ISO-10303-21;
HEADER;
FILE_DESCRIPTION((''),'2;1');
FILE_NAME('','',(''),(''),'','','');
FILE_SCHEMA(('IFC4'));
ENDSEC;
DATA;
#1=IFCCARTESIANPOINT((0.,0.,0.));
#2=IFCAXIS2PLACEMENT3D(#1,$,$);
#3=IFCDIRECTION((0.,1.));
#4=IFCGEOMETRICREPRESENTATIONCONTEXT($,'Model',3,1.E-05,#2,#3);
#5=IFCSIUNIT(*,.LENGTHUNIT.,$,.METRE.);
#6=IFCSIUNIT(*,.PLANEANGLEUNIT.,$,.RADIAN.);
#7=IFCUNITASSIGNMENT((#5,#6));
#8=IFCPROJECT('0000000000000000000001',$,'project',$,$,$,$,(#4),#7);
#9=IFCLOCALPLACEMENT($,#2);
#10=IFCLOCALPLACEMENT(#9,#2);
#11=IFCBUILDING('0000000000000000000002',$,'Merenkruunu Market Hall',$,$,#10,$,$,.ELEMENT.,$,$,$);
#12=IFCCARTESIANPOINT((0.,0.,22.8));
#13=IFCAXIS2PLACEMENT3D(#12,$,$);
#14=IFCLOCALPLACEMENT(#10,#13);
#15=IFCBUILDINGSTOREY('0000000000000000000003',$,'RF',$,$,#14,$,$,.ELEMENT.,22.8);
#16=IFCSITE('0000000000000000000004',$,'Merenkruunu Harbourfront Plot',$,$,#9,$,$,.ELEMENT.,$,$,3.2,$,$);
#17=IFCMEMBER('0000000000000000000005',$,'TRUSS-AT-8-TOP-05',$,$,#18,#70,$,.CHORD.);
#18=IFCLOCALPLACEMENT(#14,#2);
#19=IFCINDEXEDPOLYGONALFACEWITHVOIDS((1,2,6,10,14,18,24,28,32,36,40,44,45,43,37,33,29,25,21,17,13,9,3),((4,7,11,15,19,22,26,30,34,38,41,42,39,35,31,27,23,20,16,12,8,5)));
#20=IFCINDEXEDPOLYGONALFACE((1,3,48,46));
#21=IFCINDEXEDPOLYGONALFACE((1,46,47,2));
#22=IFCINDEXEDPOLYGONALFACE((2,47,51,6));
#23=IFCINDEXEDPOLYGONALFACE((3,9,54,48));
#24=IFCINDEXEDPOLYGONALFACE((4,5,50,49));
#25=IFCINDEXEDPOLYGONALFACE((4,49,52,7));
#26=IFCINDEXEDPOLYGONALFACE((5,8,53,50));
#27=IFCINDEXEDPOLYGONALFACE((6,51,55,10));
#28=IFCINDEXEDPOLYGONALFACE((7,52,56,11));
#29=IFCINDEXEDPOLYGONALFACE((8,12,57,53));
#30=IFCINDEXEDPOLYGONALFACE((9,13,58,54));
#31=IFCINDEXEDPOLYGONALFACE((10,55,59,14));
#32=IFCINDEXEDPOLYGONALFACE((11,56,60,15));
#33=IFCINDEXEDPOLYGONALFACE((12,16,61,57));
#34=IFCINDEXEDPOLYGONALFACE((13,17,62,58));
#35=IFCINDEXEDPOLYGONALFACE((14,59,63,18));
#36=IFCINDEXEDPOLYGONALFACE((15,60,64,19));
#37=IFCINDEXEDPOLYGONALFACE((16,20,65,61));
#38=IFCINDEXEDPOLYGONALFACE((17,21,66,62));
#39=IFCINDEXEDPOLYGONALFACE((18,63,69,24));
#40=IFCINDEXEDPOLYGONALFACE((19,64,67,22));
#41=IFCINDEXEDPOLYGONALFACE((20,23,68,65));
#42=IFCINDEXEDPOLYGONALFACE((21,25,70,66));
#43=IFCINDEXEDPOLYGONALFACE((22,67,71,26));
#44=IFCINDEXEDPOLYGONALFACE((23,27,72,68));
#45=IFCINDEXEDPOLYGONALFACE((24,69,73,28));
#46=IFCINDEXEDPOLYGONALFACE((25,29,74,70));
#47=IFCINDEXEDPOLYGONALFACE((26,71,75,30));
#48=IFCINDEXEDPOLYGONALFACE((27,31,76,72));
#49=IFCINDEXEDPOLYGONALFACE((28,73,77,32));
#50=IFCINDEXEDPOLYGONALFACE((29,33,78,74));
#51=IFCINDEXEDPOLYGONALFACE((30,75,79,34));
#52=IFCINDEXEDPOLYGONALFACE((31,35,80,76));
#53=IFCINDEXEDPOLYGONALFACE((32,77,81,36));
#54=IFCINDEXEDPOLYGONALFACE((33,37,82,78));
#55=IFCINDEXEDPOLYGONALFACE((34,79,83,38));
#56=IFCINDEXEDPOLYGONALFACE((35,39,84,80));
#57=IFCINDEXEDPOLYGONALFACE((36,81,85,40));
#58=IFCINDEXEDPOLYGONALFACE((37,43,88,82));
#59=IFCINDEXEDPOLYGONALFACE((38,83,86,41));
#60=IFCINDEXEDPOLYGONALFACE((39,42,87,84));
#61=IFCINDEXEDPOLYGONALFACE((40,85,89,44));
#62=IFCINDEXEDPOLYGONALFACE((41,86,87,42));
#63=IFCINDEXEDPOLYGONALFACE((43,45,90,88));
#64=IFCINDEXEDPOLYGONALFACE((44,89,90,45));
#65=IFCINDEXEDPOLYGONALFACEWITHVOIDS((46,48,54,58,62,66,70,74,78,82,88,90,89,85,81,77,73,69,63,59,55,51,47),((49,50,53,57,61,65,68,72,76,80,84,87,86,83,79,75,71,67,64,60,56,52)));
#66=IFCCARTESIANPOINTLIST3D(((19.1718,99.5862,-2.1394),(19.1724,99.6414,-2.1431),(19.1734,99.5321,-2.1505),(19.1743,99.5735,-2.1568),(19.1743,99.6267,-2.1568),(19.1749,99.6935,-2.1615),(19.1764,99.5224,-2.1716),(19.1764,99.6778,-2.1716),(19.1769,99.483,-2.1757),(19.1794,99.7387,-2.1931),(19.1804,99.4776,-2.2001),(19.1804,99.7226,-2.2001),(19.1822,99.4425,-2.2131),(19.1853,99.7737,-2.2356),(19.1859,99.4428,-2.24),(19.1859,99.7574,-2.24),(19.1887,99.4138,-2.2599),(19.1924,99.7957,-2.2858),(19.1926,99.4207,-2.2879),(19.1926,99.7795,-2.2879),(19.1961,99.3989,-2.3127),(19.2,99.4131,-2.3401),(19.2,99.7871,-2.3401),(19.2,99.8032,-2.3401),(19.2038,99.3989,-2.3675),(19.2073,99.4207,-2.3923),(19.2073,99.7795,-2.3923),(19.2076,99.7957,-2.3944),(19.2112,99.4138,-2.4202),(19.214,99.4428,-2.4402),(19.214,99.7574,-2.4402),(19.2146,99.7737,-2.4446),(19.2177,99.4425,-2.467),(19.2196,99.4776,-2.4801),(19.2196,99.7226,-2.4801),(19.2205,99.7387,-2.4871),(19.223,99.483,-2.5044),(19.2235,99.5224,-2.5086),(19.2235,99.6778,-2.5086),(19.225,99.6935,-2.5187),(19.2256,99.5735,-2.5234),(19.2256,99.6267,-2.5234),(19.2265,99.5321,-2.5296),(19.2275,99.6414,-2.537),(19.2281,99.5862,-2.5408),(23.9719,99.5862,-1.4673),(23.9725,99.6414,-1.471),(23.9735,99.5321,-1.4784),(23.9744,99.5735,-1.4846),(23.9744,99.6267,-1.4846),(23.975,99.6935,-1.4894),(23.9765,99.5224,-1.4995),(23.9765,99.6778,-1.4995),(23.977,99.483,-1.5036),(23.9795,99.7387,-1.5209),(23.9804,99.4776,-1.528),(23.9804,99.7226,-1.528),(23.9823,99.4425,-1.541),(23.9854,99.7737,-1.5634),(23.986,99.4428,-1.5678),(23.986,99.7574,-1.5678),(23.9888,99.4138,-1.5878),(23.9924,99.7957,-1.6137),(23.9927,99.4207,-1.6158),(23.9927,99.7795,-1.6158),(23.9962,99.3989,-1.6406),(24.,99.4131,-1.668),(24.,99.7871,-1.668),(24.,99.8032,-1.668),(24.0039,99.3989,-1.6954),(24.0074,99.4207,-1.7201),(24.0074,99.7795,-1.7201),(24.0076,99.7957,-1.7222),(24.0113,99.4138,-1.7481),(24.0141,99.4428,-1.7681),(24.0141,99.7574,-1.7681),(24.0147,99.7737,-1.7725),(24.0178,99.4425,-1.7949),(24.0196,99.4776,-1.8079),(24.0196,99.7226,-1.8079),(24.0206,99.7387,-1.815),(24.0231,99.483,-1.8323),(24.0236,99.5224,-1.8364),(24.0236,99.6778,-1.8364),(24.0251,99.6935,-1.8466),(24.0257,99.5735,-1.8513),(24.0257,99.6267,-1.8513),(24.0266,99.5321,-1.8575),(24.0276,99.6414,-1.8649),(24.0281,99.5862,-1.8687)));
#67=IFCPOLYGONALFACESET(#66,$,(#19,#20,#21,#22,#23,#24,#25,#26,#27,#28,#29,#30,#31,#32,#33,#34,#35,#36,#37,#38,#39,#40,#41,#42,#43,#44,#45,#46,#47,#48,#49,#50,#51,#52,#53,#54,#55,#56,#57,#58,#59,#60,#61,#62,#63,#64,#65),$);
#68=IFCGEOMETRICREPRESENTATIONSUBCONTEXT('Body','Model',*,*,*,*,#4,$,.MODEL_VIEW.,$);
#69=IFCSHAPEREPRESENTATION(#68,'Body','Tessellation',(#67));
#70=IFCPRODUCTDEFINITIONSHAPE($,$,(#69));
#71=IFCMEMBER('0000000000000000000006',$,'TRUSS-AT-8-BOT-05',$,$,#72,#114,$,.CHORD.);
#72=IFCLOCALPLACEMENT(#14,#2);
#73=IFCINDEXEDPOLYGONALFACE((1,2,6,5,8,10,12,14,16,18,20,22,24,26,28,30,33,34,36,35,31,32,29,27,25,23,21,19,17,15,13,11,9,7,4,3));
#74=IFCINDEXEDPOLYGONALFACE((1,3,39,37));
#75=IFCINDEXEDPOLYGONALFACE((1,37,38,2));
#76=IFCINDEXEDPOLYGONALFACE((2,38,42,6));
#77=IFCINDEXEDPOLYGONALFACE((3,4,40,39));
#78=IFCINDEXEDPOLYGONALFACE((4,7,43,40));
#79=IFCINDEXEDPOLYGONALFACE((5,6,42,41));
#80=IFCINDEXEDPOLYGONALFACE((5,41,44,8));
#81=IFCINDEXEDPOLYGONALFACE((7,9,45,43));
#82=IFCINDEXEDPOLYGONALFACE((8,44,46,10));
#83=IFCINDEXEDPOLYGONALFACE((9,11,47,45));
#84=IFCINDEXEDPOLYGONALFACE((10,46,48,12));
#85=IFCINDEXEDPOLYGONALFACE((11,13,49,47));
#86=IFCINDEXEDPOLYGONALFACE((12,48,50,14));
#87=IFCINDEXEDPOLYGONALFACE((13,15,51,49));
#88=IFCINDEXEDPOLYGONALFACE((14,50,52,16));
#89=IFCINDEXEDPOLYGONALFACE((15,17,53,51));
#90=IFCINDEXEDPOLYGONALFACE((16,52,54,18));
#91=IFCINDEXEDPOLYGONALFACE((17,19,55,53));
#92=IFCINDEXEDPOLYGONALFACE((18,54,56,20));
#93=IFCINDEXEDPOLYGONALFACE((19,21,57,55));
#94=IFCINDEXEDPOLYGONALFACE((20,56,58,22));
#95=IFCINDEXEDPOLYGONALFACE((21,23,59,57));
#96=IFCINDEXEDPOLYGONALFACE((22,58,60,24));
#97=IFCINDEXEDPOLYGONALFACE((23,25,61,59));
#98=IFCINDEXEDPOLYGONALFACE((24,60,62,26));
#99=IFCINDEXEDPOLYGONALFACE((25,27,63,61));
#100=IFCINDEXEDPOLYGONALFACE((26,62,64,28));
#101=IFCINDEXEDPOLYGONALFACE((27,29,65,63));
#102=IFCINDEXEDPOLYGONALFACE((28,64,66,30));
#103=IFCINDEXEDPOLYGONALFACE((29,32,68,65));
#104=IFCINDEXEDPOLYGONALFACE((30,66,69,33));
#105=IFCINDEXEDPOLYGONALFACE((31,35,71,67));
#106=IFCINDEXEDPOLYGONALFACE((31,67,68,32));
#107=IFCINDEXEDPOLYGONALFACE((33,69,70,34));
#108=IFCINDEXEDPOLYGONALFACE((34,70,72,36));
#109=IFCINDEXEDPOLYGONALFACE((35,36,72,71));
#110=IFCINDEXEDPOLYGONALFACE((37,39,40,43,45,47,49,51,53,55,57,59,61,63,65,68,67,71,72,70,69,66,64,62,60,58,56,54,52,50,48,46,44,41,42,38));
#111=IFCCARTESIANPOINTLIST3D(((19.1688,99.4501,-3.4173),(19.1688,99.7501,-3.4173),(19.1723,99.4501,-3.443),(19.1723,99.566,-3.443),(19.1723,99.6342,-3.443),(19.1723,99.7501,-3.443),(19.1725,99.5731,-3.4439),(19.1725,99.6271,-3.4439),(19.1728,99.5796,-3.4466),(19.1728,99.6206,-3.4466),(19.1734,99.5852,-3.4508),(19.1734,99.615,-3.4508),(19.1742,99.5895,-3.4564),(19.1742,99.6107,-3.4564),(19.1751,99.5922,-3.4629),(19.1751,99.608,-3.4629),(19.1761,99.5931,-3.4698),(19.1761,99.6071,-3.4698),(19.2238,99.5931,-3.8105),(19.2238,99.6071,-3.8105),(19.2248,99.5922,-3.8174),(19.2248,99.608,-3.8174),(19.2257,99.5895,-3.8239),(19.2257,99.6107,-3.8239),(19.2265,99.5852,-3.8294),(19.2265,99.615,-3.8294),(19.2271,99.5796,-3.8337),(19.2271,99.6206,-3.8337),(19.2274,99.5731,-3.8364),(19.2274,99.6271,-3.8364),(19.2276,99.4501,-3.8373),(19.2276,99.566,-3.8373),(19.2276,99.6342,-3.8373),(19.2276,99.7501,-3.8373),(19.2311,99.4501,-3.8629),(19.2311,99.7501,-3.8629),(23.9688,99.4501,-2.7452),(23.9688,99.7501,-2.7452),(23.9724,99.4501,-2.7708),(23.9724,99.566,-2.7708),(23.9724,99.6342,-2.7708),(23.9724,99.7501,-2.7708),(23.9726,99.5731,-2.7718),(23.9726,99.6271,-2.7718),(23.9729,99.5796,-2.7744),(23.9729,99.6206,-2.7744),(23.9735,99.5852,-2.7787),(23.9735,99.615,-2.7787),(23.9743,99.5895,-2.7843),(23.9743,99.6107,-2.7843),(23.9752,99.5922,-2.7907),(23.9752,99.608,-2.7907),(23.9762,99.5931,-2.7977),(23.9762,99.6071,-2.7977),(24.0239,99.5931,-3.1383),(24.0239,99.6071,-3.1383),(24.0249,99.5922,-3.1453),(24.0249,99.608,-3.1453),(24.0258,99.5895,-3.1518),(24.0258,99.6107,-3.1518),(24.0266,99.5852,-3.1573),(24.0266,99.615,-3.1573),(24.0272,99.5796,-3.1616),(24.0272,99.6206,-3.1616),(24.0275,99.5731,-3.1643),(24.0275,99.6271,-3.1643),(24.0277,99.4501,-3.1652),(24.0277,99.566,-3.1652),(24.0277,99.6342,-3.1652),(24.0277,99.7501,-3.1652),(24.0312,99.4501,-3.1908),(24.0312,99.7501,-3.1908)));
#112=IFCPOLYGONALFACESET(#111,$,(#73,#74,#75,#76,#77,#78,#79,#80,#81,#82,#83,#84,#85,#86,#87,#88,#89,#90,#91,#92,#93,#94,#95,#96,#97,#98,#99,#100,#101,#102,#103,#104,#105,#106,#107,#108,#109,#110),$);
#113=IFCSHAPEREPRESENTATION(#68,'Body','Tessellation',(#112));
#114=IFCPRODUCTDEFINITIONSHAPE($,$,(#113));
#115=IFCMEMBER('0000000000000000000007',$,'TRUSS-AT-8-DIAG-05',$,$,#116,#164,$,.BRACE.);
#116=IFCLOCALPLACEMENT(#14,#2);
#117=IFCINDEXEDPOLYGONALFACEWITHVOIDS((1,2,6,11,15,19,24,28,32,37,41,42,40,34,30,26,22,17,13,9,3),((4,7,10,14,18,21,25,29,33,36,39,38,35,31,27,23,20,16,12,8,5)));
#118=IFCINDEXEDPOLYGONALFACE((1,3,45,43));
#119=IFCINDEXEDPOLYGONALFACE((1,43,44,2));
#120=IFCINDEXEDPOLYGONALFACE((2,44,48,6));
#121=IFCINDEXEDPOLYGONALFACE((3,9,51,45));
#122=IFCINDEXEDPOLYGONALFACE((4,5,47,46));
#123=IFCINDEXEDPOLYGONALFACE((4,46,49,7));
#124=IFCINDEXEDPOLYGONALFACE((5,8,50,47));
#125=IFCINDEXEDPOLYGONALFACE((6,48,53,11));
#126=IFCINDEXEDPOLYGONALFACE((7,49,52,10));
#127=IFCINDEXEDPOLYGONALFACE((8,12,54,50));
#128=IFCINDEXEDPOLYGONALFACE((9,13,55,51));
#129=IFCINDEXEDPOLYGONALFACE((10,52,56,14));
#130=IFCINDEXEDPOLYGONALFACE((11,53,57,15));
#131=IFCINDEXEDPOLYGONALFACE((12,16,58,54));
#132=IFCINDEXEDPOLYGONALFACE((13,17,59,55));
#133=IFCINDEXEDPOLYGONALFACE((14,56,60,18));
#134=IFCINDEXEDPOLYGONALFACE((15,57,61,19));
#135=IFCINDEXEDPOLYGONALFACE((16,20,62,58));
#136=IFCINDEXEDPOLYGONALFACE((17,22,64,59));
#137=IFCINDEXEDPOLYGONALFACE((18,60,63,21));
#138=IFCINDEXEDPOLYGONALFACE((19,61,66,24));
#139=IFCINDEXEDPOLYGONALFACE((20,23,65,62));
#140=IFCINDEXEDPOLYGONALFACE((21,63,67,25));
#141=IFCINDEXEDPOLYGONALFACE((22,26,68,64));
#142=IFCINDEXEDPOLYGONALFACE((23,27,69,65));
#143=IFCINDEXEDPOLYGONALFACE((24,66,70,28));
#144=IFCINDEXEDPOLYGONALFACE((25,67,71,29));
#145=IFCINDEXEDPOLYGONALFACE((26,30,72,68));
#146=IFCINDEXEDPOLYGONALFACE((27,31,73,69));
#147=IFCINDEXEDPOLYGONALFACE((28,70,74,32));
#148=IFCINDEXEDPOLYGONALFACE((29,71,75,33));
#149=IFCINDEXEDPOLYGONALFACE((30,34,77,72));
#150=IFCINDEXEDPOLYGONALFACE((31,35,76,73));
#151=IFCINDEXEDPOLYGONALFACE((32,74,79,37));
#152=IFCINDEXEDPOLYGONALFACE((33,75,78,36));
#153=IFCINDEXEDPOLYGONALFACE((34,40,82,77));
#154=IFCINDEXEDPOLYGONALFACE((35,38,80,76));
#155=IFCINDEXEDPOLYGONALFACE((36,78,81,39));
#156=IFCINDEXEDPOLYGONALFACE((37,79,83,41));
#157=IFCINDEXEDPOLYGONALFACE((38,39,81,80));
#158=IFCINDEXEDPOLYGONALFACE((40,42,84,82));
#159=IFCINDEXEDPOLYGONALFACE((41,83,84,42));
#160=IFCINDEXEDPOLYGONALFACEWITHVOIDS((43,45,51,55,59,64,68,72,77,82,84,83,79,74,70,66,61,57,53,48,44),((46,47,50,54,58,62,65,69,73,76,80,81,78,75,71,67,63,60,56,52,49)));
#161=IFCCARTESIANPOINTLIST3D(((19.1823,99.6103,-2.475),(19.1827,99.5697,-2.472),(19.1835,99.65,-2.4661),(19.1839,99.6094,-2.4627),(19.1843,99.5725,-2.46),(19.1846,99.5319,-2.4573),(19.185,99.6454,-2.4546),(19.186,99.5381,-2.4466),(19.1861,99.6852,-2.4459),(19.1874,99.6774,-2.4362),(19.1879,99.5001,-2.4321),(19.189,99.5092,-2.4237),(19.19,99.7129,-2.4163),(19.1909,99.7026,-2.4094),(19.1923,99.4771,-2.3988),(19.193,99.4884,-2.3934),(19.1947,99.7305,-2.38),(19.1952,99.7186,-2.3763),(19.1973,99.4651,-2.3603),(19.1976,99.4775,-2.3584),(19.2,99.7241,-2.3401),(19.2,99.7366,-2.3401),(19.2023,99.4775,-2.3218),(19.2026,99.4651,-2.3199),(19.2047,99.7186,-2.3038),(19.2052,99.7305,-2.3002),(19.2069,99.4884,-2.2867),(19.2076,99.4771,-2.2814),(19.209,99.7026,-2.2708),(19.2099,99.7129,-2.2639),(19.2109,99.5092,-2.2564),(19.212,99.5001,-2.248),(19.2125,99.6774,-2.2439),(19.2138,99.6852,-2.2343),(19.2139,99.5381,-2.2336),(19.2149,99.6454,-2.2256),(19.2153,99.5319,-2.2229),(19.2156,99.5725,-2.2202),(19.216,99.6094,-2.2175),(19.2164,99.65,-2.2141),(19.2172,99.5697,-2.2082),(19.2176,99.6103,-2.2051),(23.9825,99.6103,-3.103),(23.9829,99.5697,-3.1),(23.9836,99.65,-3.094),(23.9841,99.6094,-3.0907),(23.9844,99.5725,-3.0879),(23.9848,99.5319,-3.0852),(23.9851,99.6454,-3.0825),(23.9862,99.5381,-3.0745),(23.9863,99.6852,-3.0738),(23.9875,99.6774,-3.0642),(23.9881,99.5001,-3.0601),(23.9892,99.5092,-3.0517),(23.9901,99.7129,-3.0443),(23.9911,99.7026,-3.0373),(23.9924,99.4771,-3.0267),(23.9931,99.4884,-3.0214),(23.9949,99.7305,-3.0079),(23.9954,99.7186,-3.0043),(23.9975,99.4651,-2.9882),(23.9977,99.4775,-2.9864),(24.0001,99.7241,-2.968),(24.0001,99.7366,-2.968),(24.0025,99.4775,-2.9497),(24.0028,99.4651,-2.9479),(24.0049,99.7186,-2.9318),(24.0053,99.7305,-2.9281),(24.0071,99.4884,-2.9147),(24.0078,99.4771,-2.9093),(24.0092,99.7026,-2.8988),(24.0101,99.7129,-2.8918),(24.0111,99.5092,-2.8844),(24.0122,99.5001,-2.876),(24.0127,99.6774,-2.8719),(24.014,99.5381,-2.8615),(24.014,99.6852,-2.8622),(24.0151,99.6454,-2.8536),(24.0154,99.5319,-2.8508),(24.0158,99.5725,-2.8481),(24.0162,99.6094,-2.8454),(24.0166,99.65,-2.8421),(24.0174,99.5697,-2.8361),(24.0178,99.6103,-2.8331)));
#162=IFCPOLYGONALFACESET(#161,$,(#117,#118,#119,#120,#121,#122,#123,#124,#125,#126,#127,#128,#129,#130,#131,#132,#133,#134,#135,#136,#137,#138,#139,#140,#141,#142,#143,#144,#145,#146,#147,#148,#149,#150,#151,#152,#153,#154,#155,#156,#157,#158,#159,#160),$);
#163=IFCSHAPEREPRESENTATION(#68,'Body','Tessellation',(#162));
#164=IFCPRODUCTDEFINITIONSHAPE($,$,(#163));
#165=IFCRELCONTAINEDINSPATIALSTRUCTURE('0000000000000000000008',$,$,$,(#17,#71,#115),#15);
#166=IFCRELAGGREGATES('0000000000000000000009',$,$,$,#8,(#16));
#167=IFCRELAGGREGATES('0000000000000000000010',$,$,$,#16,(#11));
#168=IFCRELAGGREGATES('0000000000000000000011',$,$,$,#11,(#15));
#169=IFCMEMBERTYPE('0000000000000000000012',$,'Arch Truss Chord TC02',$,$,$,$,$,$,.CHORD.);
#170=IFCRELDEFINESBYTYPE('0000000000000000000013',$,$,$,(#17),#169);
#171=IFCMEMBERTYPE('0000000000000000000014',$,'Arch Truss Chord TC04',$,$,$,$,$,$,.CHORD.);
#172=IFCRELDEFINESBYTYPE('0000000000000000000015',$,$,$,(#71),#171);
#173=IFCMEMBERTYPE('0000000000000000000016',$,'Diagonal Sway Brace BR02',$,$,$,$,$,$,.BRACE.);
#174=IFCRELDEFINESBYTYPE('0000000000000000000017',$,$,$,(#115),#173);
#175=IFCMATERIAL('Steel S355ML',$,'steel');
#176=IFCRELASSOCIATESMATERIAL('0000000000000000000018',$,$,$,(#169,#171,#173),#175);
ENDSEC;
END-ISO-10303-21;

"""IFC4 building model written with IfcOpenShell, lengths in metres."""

from ifc_helpers import new_model, si_unit, direction, frame, origin, origin_2d, place, context, subcontext, project, spatial, hollow_circle, i_section, extrude, material, material_profile, profile_set, type_object, element, save


model = new_model("IFC4")

# Units and contexts
model_context = context("Model", 3, precision=1e-05, world=origin(), true_north=direction((0.0, 1.0)))
body_context = subcontext(model_context, "Body", "Model", "MODEL_VIEW")
ifc_project = project(units=[si_unit("LENGTHUNIT", "METRE"), si_unit("PLANEANGLEUNIT", "RADIAN")], contexts=[model_context])

# Site, building, storey
site_placement = place(None, origin())
site = spatial("IfcSite", under=ifc_project, at=site_placement, Name="Merenkruunu Harbourfront Plot", CompositionType="ELEMENT", RefElevation=3.2)
building_placement = place(site_placement, origin())
building = spatial("IfcBuilding", under=site, at=building_placement, Name="Merenkruunu Market Hall", CompositionType="ELEMENT")
storey_placement = place(building_placement, frame((0.0, 0.0, 22.8)))
storey = spatial("IfcBuildingStorey", under=building, at=storey_placement, Name="RF", CompositionType="ELEMENT", Elevation=22.8)

# Members
ifc_material_1 = material(Name="Steel S355ML", Category="steel")
ifc_material_profile_1 = material_profile(ifc_material_1, hollow_circle(Radius=0.2031, WallThickness=0.0161, at=origin_2d()), Name="CHS 406.4x16")
ifc_profile_set_1 = profile_set([ifc_material_profile_1], Name="Steel S355ML")
member_type_1 = type_object("IfcMemberType", Name="Arch Truss Chord TC02", PredefinedType="CHORD", material=ifc_profile_set_1)
member_1_placement = place(storey_placement, frame((19.2, 99.6001, -2.3401), z_axis=(0.990339, 0.0, 0.138671), x_axis=(0.0, 1.0, 0.0)))
element("IfcMember", 1, at=member_1_placement, inside=storey, type_object=member_type_1, Name="TRUSS-AT-8-TOP-05", PredefinedType="CHORD", context=body_context, shape_type="SweptSolid", body=[
    extrude(hollow_circle(Radius=0.2031, WallThickness=0.0161, at=origin_2d()), origin(), (0.0, 0.0, 1.0), 4.8469),
])
ifc_material_profile_2 = material_profile(ifc_material_1, i_section(OverallWidth=0.3, OverallDepth=0.45, WebThickness=0.0139, FlangeThickness=0.0259, FilletRadius=0.0271, at=origin_2d()), Name="HEB 450")
ifc_profile_set_2 = profile_set([ifc_material_profile_2], Name="Steel S355ML")
member_type_2 = type_object("IfcMemberType", Name="Arch Truss Chord TC04", PredefinedType="CHORD", material=ifc_profile_set_2)
member_2_placement = place(storey_placement, frame((19.2, 99.6001, -3.6401), z_axis=(0.990339, 0.0, 0.138671), x_axis=(0.0, 1.0, 0.0)))
element("IfcMember", 2, at=member_2_placement, inside=storey, type_object=member_type_2, Name="TRUSS-AT-8-BOT-05", PredefinedType="CHORD", context=body_context, shape_type="SweptSolid", body=[
    extrude(i_section(OverallWidth=0.3, OverallDepth=0.45, WebThickness=0.0139, FlangeThickness=0.0259, FilletRadius=0.0271, at=origin_2d()), origin(), (0.0, 0.0, 1.0), 4.8469),
])
ifc_material_profile_3 = material_profile(ifc_material_1, hollow_circle(Radius=0.1365, WallThickness=0.0125, at=origin_2d()), Name="CHS 273x12.5")
ifc_profile_set_3 = profile_set([ifc_material_profile_3], Name="Steel S355ML")
member_type_3 = type_object("IfcMemberType", Name="Diagonal Sway Brace BR02", PredefinedType="BRACE", material=ifc_profile_set_3)
member_3_placement = place(storey_placement, frame((19.2, 99.6001, -2.3401), z_axis=(0.991552, 0.0, -0.129712), x_axis=(0.0, 1.0, 0.0)))
element("IfcMember", 3, at=member_3_placement, inside=storey, type_object=member_type_3, Name="TRUSS-AT-8-DIAG-05", PredefinedType="BRACE", context=body_context, shape_type="SweptSolid", body=[
    extrude(hollow_circle(Radius=0.1365, WallThickness=0.0125, at=origin_2d()), origin(), (0.0, 0.0, 1.0), 4.8411),
])

save(model, "model.ifc")
